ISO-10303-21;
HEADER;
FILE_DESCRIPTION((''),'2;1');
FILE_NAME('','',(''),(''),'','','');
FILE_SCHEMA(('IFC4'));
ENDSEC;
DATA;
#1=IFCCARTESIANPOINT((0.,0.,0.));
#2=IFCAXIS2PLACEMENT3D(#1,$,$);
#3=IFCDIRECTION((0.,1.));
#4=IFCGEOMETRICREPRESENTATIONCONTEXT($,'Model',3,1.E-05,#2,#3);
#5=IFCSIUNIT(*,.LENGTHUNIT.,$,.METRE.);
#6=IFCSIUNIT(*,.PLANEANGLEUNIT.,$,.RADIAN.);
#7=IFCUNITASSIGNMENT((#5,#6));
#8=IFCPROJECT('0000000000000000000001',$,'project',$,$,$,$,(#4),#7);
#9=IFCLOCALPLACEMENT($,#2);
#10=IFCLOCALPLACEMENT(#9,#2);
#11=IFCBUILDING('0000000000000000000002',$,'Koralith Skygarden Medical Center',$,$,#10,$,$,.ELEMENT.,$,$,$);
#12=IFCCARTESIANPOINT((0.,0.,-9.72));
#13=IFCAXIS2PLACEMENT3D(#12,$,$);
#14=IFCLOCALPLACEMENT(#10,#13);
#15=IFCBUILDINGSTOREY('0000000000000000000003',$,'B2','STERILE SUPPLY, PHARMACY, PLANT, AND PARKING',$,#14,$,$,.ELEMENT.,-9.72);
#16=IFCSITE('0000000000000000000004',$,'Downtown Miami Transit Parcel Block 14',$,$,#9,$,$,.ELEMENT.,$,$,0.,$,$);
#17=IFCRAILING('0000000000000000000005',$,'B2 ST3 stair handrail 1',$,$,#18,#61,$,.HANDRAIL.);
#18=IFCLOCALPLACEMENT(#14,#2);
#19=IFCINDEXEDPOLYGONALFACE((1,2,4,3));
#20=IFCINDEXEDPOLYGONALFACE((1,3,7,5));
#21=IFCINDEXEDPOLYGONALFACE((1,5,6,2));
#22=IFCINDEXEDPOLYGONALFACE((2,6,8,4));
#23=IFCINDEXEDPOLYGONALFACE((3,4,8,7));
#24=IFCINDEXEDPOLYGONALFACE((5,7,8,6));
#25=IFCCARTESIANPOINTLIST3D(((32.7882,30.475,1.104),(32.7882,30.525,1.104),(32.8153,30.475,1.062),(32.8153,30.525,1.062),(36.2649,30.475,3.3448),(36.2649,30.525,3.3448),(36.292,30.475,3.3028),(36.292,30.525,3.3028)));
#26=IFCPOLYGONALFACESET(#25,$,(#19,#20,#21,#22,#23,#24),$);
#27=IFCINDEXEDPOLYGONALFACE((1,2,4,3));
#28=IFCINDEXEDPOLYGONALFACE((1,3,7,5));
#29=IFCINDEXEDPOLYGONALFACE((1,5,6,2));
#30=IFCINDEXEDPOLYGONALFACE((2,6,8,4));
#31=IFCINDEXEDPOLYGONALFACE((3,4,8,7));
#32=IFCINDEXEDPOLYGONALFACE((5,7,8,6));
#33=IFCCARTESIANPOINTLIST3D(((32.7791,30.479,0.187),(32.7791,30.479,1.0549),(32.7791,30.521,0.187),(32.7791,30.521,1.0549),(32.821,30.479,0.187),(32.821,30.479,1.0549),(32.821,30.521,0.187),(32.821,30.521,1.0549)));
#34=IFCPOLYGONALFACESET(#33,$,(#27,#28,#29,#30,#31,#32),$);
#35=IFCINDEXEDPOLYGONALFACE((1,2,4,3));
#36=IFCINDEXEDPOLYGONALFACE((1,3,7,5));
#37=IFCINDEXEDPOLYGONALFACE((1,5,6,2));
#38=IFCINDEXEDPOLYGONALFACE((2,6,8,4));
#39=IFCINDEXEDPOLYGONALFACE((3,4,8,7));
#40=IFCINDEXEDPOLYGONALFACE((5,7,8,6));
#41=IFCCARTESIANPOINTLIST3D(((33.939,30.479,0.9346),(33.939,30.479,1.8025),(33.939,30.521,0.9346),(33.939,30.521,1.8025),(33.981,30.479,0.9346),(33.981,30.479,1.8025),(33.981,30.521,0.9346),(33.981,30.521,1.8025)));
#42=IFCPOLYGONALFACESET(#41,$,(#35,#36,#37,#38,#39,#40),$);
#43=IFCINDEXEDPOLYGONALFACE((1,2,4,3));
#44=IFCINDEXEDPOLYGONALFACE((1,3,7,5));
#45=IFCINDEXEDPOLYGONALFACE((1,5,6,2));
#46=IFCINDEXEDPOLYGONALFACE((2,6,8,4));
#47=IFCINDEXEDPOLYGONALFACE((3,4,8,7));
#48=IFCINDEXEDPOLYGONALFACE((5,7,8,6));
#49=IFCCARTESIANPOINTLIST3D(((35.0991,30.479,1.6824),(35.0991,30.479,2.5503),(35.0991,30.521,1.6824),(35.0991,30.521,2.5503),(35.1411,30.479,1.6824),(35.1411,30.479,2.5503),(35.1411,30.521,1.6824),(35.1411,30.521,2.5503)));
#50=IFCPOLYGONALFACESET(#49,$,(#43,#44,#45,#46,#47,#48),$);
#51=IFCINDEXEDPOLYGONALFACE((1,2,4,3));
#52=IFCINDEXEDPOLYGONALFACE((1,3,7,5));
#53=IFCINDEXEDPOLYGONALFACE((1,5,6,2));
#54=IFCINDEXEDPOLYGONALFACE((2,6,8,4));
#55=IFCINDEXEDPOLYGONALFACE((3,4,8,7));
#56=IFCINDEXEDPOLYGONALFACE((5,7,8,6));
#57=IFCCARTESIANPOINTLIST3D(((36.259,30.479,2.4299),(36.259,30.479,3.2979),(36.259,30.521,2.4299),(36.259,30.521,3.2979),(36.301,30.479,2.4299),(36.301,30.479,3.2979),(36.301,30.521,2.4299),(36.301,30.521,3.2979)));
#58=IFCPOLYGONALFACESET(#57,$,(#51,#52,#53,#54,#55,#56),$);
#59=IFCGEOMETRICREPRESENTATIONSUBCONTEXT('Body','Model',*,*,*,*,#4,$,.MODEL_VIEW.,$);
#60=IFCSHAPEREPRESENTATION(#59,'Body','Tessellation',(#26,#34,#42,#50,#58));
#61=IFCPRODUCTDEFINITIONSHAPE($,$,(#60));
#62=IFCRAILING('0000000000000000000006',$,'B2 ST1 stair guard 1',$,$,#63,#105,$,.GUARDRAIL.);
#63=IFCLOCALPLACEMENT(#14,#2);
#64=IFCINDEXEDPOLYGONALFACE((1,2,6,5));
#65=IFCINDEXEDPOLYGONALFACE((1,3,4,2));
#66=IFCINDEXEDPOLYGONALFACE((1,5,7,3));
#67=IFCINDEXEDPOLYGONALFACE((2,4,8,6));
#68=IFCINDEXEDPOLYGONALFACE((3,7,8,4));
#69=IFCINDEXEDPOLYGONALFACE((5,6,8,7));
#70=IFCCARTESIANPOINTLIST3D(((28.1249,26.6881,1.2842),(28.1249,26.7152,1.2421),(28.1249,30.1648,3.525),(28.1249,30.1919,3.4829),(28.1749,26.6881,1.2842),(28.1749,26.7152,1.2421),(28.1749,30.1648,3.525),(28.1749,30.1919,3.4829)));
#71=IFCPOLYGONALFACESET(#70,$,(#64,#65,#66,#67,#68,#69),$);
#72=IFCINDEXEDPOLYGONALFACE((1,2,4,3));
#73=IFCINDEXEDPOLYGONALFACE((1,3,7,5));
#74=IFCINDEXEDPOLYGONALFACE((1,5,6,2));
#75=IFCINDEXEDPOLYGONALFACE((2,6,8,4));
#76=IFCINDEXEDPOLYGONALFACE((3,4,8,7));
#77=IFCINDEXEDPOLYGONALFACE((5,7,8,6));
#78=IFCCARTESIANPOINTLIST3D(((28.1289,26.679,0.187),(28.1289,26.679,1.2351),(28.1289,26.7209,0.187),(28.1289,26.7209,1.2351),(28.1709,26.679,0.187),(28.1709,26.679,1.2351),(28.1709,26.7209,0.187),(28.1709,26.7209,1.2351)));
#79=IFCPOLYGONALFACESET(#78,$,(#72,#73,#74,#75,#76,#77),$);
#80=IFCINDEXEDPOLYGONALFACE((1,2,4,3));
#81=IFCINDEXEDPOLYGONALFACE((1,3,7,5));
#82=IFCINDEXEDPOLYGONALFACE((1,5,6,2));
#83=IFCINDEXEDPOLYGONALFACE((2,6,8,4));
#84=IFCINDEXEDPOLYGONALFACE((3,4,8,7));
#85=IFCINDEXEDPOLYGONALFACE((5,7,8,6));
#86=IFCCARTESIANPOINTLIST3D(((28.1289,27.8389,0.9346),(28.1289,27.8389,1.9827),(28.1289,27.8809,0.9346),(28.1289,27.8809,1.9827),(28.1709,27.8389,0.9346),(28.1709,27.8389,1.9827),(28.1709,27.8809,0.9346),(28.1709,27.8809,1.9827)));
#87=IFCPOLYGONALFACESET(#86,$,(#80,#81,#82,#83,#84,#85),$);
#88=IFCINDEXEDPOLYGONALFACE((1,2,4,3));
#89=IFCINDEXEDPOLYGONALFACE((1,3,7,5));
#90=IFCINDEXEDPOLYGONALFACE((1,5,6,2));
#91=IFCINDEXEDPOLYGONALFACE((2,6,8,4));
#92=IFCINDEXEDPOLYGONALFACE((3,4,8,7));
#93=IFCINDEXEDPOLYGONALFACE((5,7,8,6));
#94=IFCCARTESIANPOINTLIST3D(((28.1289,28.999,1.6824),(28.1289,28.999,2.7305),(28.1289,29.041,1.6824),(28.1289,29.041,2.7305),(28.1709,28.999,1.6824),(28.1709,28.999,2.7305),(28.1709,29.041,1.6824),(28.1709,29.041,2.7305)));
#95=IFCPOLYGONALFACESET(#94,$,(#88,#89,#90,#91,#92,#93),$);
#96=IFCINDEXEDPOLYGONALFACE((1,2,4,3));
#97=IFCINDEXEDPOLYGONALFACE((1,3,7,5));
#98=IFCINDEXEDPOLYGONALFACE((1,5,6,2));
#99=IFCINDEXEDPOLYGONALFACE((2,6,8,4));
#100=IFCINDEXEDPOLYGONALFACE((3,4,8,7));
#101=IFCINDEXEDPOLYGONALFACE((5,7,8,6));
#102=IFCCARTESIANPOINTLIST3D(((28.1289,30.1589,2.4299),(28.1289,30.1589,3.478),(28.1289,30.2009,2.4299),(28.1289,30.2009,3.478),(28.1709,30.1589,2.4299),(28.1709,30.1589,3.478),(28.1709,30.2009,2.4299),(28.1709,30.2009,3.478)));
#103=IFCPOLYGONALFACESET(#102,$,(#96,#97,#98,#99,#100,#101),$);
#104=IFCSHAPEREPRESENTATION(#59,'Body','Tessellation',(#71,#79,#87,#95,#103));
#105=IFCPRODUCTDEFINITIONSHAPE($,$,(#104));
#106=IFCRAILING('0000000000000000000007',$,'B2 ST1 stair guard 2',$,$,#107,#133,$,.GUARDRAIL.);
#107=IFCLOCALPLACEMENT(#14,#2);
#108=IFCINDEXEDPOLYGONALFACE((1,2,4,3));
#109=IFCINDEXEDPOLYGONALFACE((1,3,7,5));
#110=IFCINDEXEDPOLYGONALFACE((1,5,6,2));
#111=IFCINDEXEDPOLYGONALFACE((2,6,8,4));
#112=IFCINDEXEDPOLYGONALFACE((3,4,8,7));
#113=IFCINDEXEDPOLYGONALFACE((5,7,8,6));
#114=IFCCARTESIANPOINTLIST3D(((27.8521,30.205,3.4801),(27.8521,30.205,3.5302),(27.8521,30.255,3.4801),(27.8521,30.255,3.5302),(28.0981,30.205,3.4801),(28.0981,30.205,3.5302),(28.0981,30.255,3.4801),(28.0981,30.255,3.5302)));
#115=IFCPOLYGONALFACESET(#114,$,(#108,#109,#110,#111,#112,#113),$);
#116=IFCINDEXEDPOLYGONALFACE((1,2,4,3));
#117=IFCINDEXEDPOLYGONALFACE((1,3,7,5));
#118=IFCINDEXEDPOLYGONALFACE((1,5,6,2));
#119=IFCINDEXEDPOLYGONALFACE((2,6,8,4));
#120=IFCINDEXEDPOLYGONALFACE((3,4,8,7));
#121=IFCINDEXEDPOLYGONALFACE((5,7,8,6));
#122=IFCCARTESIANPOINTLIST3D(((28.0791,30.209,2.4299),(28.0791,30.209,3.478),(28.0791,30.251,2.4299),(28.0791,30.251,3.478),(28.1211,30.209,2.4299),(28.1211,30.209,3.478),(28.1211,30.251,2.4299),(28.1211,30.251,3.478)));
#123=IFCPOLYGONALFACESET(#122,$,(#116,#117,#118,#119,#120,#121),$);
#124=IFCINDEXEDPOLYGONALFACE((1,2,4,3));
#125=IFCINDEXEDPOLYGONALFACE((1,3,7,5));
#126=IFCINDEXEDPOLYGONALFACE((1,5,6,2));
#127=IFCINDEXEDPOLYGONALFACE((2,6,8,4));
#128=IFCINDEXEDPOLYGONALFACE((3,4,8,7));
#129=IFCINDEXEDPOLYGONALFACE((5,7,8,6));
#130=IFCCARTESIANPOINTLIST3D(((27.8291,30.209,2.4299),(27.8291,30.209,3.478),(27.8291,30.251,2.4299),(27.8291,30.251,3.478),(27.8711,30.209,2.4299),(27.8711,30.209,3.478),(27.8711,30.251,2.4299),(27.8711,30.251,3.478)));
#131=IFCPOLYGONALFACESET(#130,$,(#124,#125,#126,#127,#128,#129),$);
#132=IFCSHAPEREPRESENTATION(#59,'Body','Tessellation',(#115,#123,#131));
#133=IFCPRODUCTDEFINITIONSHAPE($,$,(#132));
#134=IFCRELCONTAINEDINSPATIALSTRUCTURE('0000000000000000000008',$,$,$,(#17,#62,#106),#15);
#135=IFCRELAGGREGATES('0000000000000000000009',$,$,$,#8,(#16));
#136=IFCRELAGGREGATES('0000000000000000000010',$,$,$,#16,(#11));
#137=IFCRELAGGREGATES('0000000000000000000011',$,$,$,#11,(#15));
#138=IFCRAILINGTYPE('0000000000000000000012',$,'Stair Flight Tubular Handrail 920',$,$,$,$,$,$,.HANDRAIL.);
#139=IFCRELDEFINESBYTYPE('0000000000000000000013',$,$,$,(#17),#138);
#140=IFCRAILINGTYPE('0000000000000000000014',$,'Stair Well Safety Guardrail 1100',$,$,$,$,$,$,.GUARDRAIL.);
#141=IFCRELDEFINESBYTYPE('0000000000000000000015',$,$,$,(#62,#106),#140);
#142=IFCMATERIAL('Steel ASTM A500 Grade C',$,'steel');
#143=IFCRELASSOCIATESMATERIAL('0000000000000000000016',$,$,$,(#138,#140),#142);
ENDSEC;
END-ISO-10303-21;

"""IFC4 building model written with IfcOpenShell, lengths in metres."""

from ifc_helpers import new_model, si_unit, direction, frame, origin, origin_2d, place, context, subcontext, project, spatial, rectangle, extrude, material, type_object, element, save


model = new_model("IFC4")

# Units and contexts
model_context = context("Model", 3, precision=1e-05, world=origin(), true_north=direction((0.0, 1.0)))
body_context = subcontext(model_context, "Body", "Model", "MODEL_VIEW")
ifc_project = project(units=[si_unit("LENGTHUNIT", "METRE"), si_unit("PLANEANGLEUNIT", "RADIAN")], contexts=[model_context])

# Site, building, storey
site_placement = place(None, origin())
site = spatial("IfcSite", under=ifc_project, at=site_placement, Name="Downtown Miami Transit Parcel Block 14", CompositionType="ELEMENT", RefElevation=0.0)
building_placement = place(site_placement, origin())
building = spatial("IfcBuilding", under=site, at=building_placement, Name="Koralith Skygarden Medical Center", CompositionType="ELEMENT")
storey_placement = place(building_placement, frame((0.0, 0.0, -9.72)))
storey = spatial("IfcBuildingStorey", under=building, at=storey_placement, Name="B2", Description="STERILE SUPPLY, PHARMACY, PLANT, AND PARKING", CompositionType="ELEMENT", Elevation=-9.72)

# Shared definitions
ifc_material_1 = material(Name="Steel ASTM A500 Grade C", Category="steel")

# Railings
railing_type_1 = type_object("IfcRailingType", Name="Stair Flight Tubular Handrail 920", PredefinedType="HANDRAIL", material=ifc_material_1)
railing_1_placement = place(storey_placement, frame((32.8, 30.5, 0.187)))
element("IfcRailing", 1, at=railing_1_placement, inside=storey, type_object=railing_type_1, Name="B2 ST3 stair handrail 1", PredefinedType="HANDRAIL", context=body_context, shape_type="SweptSolid", body=[
    extrude(rectangle(XDim=0.05, YDim=0.05, at=origin_2d()), frame((0.0017, 0.0, 0.896), z_axis=(0.840542, 0.0, 0.541747), x_axis=(0.0, 1.0, 0.0)), (0.0, 0.0, 1.0), 4.1362),
    extrude(rectangle(XDim=0.042, YDim=0.042, at=origin_2d()), origin(), (0.0, 0.0, 1.0), 0.8679),
    extrude(rectangle(XDim=0.042, YDim=0.042, at=origin_2d()), frame((1.1599, 0.0, 0.7476)), (0.0, 0.0, 1.0), 0.8679),
    extrude(rectangle(XDim=0.042, YDim=0.042, at=origin_2d()), frame((2.3201, 0.0, 1.4954)), (0.0, 0.0, 1.0), 0.8679),
    extrude(rectangle(XDim=0.042, YDim=0.042, at=origin_2d()), frame((3.48, 0.0, 2.2429)), (0.0, 0.0, 1.0), 0.8679),
])
railing_type_2 = type_object("IfcRailingType", Name="Stair Well Safety Guardrail 1100", PredefinedType="GUARDRAIL", material=ifc_material_1)
railing_2_placement = place(storey_placement, frame((28.1499, 26.7, 0.187)))
element("IfcRailing", 2, at=railing_2_placement, inside=storey, type_object=railing_type_2, Name="B2 ST1 stair guard 1", PredefinedType="GUARDRAIL", context=body_context, shape_type="SweptSolid", body=[
    extrude(rectangle(XDim=0.05, YDim=0.05, at=origin_2d()), frame((0.0, 0.0017, 1.0762), z_axis=(0.0, 0.840542, 0.541747), x_axis=(-1.0, 0.0, 0.0)), (0.0, 0.0, 1.0), 4.1362),
    extrude(rectangle(XDim=0.042, YDim=0.042, at=origin_2d()), origin(), (0.0, 0.0, 1.0), 1.0481),
    extrude(rectangle(XDim=0.042, YDim=0.042, at=origin_2d()), frame((0.0, 1.1599, 0.7476)), (0.0, 0.0, 1.0), 1.0481),
    extrude(rectangle(XDim=0.042, YDim=0.042, at=origin_2d()), frame((0.0, 2.3201, 1.4954)), (0.0, 0.0, 1.0), 1.0481),
    extrude(rectangle(XDim=0.042, YDim=0.042, at=origin_2d()), frame((0.0, 3.48, 2.2429)), (0.0, 0.0, 1.0), 1.0481),
])
railing_3_placement = place(storey_placement, frame((28.1001, 30.23, 2.4299)))
element("IfcRailing", 3, at=railing_3_placement, inside=storey, type_object=railing_type_2, Name="B2 ST1 stair guard 2", PredefinedType="GUARDRAIL", context=body_context, shape_type="SweptSolid", body=[
    extrude(rectangle(XDim=0.05, YDim=0.05, at=origin_2d()), frame((-0.002, 0.0, 1.0752), z_axis=(-1.0, 0.0, 0.0), x_axis=(0.0, -1.0, 0.0)), (0.0, 0.0, 1.0), 0.2461),
    extrude(rectangle(XDim=0.042, YDim=0.042, at=origin_2d()), origin(), (0.0, 0.0, 1.0), 1.0481),
    extrude(rectangle(XDim=0.042, YDim=0.042, at=origin_2d()), frame((-0.25, 0.0, 0.0)), (0.0, 0.0, 1.0), 1.0481),
])

save(model, "model.ifc")
